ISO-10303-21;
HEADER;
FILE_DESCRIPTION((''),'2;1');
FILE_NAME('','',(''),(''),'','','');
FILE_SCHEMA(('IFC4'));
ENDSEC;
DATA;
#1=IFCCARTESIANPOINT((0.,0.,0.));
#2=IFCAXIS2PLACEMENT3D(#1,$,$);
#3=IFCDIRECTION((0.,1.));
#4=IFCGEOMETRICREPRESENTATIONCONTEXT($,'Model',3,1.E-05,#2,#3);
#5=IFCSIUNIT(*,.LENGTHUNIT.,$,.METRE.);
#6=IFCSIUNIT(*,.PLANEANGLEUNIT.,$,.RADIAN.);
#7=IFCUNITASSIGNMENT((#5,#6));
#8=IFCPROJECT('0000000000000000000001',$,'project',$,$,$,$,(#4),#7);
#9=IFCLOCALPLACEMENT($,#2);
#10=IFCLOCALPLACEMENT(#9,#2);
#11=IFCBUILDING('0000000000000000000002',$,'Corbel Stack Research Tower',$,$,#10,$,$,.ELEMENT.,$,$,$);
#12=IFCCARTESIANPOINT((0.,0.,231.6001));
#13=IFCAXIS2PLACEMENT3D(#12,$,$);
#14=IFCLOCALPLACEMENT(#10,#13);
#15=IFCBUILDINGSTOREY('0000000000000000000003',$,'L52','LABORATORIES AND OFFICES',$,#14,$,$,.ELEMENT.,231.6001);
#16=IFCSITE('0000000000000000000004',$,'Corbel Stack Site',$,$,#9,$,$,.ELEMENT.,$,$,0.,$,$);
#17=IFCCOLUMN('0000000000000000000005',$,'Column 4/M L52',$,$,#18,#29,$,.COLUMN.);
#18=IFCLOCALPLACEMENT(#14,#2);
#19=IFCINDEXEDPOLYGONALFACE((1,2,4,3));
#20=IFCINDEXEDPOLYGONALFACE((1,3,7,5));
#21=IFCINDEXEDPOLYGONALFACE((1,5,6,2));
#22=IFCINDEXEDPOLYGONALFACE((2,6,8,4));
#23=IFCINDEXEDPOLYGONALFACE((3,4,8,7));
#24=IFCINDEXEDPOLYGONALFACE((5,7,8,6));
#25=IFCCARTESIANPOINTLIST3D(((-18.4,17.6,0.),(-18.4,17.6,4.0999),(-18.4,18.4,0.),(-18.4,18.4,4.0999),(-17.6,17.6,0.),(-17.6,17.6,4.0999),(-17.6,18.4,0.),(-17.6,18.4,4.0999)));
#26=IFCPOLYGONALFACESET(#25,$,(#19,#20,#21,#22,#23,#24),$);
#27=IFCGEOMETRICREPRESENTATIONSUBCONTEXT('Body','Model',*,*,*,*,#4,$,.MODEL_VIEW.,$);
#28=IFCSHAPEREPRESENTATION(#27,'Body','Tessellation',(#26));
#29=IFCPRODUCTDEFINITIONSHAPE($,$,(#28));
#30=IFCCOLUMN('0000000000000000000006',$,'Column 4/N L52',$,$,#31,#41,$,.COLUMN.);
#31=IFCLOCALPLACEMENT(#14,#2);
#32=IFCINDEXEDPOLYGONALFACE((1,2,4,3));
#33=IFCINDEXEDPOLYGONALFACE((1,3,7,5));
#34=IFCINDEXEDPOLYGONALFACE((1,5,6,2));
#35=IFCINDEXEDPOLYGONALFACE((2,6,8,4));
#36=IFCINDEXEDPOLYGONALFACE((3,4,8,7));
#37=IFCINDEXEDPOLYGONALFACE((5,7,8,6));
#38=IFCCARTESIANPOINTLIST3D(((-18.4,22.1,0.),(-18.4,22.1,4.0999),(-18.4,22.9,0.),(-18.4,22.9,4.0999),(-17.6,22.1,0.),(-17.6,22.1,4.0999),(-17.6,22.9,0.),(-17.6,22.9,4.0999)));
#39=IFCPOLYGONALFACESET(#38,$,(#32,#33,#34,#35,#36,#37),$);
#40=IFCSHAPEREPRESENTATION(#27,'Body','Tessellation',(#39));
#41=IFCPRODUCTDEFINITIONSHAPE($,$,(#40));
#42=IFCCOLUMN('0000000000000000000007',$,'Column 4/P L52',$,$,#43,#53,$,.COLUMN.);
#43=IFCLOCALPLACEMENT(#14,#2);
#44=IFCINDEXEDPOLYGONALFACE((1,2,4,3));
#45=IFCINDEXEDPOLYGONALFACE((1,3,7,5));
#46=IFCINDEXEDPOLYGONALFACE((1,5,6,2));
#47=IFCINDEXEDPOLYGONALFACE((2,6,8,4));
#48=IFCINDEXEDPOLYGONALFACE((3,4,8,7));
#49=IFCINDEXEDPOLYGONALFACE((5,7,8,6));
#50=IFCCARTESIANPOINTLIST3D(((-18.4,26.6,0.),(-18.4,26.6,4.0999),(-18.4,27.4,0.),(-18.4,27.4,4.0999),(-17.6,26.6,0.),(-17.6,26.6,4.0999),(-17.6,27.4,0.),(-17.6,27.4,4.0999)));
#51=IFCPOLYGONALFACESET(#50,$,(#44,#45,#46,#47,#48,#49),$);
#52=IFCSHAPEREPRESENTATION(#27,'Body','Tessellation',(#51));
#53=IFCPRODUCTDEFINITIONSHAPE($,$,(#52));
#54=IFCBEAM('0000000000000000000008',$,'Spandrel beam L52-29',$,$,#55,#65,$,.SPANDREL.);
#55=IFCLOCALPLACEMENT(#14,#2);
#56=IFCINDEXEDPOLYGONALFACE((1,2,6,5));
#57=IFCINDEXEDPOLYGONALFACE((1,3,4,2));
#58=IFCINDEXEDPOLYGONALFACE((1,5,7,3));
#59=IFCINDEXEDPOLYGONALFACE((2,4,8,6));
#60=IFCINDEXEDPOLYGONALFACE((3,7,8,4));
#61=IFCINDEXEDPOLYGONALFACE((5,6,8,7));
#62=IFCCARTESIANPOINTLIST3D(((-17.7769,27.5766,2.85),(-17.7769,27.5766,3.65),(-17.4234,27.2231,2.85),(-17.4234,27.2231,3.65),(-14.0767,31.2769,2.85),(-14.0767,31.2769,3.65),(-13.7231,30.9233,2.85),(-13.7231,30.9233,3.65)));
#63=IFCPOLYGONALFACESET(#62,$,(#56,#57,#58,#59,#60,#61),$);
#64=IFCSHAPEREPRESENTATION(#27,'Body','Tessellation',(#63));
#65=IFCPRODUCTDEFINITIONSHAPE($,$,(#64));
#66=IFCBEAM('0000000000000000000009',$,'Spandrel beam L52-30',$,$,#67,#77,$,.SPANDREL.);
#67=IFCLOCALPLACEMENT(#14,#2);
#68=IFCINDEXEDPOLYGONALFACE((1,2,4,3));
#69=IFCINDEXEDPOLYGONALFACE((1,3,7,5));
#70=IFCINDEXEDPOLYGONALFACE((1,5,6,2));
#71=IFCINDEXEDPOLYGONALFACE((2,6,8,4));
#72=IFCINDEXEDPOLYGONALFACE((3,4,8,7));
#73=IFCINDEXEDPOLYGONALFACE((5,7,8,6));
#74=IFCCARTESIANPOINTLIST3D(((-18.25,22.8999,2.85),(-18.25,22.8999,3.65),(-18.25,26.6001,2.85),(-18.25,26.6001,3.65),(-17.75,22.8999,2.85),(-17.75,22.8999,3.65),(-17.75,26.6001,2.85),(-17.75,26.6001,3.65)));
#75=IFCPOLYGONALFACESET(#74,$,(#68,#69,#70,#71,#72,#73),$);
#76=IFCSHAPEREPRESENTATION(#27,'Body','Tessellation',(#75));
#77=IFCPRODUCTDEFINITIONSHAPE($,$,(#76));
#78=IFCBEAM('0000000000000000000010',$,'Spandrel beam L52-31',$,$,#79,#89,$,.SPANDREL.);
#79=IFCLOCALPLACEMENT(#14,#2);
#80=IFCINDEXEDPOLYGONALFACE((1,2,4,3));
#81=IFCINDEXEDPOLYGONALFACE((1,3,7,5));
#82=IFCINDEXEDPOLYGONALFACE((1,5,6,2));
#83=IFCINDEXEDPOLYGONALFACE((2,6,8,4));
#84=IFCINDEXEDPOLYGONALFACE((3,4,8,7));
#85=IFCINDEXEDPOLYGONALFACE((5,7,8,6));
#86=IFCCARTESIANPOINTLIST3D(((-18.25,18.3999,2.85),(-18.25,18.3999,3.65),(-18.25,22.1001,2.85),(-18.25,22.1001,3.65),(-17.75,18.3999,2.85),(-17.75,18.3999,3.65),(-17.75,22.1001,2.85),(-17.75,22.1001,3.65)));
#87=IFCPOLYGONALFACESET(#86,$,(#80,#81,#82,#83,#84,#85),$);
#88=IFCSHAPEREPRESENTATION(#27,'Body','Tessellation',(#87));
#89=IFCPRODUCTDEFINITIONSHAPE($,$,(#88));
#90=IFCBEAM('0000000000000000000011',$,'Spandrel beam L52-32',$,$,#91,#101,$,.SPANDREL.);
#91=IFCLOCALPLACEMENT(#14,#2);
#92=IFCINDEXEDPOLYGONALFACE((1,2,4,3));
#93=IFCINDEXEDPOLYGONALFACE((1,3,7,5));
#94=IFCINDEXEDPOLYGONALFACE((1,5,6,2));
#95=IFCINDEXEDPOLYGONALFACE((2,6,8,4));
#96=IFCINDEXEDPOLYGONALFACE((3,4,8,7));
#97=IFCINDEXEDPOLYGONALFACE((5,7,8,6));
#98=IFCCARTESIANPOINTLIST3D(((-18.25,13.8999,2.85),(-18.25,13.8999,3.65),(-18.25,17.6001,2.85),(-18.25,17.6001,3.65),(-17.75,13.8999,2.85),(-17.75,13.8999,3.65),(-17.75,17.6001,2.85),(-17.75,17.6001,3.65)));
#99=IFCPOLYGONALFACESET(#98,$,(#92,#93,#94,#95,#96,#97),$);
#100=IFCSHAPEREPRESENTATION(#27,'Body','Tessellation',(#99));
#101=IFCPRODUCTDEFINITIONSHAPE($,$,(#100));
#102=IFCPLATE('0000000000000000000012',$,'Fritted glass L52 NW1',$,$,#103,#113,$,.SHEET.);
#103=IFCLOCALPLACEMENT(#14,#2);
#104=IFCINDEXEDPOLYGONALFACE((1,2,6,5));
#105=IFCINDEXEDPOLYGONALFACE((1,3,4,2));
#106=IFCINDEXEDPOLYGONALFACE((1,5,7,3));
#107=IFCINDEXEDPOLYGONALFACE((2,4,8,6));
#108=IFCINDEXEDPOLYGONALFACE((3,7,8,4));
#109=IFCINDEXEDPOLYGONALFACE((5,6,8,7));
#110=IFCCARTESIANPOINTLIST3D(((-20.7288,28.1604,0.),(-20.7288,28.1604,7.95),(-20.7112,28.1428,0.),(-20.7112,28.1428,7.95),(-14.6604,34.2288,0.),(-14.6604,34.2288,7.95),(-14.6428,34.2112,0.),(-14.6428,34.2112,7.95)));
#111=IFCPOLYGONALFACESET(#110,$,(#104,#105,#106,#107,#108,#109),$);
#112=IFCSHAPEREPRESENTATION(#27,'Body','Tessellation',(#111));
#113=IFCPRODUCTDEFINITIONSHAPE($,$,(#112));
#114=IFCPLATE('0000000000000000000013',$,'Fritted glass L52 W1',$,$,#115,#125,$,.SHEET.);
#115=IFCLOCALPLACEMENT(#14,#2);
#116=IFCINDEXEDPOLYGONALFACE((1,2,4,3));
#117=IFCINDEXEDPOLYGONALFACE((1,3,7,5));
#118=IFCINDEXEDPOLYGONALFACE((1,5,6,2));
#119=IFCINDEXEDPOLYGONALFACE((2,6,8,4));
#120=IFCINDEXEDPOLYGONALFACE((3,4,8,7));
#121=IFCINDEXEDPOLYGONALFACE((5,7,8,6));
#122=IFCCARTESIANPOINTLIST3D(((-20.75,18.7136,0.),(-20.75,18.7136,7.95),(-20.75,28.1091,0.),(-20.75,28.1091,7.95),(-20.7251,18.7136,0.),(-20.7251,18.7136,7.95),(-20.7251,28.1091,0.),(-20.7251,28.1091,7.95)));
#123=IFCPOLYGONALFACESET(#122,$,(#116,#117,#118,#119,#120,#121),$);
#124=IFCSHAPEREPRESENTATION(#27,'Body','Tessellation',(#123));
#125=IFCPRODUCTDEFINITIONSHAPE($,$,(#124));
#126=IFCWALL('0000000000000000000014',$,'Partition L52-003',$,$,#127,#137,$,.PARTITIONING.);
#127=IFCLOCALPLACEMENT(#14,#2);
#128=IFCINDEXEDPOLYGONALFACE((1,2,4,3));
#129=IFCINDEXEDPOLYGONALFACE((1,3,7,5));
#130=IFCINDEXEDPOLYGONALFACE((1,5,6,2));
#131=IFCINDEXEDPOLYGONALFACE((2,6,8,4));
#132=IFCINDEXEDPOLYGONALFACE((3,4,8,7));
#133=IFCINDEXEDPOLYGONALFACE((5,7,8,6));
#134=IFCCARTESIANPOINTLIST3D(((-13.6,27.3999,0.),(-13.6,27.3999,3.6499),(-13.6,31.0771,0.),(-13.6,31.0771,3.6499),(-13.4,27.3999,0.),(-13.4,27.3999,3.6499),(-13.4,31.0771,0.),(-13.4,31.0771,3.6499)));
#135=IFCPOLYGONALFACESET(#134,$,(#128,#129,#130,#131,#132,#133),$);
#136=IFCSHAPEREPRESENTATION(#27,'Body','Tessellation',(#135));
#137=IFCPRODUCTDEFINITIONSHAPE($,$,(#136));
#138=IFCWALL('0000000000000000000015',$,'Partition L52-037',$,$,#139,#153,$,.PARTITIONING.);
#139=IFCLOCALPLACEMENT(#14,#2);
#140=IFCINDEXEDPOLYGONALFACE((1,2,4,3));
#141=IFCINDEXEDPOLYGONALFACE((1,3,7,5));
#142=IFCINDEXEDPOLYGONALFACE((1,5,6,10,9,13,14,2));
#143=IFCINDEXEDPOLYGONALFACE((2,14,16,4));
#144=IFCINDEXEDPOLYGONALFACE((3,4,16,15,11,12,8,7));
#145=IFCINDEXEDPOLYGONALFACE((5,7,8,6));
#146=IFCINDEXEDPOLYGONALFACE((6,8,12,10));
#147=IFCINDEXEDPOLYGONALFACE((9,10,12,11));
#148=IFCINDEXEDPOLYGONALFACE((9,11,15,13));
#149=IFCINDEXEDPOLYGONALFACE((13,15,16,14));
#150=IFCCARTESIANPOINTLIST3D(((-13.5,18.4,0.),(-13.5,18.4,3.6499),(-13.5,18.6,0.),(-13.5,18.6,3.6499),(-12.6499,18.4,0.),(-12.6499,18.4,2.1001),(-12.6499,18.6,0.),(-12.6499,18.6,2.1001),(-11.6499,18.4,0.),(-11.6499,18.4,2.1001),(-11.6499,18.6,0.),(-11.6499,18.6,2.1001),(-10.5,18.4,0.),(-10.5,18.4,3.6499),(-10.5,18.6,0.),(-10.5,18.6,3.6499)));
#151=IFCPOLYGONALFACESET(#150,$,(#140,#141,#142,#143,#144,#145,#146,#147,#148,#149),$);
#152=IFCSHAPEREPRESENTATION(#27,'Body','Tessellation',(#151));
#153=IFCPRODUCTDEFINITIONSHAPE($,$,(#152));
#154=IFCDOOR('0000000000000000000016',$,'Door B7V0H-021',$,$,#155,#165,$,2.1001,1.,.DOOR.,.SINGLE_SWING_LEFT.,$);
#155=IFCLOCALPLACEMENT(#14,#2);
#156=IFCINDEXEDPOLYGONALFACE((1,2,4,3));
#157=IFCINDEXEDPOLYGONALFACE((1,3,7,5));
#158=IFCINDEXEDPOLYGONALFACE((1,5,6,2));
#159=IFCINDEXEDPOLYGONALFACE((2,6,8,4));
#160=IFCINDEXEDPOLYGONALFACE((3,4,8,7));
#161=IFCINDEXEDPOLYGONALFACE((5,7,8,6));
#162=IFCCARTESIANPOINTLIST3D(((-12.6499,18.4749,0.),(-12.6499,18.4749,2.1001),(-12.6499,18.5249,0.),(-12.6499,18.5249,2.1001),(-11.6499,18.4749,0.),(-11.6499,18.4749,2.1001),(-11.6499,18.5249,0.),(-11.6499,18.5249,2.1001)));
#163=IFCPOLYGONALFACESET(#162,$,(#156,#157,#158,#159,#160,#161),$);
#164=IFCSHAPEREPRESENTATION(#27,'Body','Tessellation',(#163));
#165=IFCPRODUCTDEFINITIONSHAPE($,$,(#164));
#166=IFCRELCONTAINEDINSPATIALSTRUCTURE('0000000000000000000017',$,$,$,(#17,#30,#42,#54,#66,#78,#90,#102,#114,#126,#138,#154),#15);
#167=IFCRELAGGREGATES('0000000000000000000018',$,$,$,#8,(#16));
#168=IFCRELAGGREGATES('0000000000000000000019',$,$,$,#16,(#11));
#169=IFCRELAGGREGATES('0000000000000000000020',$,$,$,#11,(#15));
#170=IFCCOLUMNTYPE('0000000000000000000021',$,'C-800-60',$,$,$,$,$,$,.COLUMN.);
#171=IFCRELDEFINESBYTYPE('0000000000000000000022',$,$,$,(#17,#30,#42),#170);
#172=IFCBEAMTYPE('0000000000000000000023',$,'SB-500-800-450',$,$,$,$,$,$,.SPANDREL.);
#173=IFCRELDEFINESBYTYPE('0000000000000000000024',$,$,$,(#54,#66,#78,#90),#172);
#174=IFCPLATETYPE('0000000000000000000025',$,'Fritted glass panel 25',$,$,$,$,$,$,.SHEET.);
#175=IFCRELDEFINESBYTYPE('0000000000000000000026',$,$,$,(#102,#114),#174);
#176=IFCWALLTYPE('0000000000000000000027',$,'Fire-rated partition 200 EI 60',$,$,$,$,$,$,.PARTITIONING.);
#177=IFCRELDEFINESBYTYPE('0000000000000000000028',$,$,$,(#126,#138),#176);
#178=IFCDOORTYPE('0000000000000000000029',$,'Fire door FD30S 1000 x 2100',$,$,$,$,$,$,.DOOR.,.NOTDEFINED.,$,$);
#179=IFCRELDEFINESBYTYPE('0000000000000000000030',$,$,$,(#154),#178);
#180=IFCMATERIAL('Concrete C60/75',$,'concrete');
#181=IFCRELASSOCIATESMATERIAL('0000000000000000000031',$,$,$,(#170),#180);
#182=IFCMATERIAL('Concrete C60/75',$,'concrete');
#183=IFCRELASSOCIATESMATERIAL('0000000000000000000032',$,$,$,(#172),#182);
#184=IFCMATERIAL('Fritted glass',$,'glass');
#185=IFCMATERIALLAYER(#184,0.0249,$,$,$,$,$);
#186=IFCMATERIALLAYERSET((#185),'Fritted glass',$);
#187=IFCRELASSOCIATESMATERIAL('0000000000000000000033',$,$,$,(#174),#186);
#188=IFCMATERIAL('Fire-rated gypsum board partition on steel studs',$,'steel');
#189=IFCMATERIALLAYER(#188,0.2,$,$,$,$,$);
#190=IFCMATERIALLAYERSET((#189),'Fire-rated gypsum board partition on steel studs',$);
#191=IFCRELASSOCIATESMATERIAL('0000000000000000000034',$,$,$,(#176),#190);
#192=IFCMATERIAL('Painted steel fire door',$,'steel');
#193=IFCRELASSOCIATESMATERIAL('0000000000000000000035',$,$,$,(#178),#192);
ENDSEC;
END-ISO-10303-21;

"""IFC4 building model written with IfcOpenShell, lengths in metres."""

from ifc_helpers import new_model, si_unit, direction, frame, frame_2d, origin, origin_2d, place, context, subcontext, project, spatial, rectangle, extrude, material, layer, layer_set, material_profile, profile_set, type_object, element, fill, save


model = new_model("IFC4")

# Units and contexts
model_context = context("Model", 3, precision=1e-05, world=origin(), true_north=direction((0.0, 1.0)))
body_context = subcontext(model_context, "Body", "Model", "MODEL_VIEW")
ifc_project = project(units=[si_unit("LENGTHUNIT", "METRE"), si_unit("PLANEANGLEUNIT", "RADIAN")], contexts=[model_context])

# Site, building, storey
site_placement = place(None, origin())
site = spatial("IfcSite", under=ifc_project, at=site_placement, Name="Corbel Stack Site", CompositionType="ELEMENT", RefElevation=0.0)
building_placement = place(site_placement, origin())
building = spatial("IfcBuilding", under=site, at=building_placement, Name="Corbel Stack Research Tower", CompositionType="ELEMENT")
storey_placement = place(building_placement, frame((0.0, 0.0, 231.6001)))
storey = spatial("IfcBuildingStorey", under=building, at=storey_placement, Name="L52", Description="LABORATORIES AND OFFICES", CompositionType="ELEMENT", Elevation=231.6001)

# Columns
ifc_material_1 = material(Name="Concrete C60/75", Category="concrete")
ifc_material_profile_1 = material_profile(ifc_material_1, rectangle(XDim=0.8, YDim=0.8, at=origin_2d()), Name="RC 800 x 800")
ifc_profile_set_1 = profile_set([ifc_material_profile_1], Name="Concrete C60/75")
column_type = type_object("IfcColumnType", Name="C-800-60", PredefinedType="COLUMN", material=ifc_profile_set_1)
for number, where, z_axis, x_axis, name in (
    (1, (-18.0, 18.0, 0.0), (0.0, 0.0, 1.0), (1.0, 0.0, 0.0), "Column 4/M L52"),
    (2, (-18.0, 22.5, 0.0), (0.0, 0.0, 1.0), (1.0, 0.0, 0.0), "Column 4/N L52"),
    (3, (-18.0, 27.0, 0.0), (0.0, 0.0, 1.0), (1.0, 0.0, 0.0), "Column 4/P L52"),
):
    element("IfcColumn", number, at=place(storey_placement, frame(where, z_axis=z_axis, x_axis=x_axis)), inside=storey, type_object=column_type, Name=name, PredefinedType="COLUMN", context=body_context, shape_type="SweptSolid", body=[
        extrude(rectangle(XDim=0.8, YDim=0.8, at=origin_2d()), origin(), (0.0, 0.0, 1.0), 4.0999),
    ])

# Beams
ifc_material_2 = material(Name="Concrete C60/75", Category="concrete")
ifc_material_profile_2 = material_profile(ifc_material_2, rectangle(XDim=0.5, YDim=0.8, at=origin_2d()), Name="RC 500 x 800")
ifc_profile_set_2 = profile_set([ifc_material_profile_2], Name="Concrete C60/75")
beam_type = type_object("IfcBeamType", Name="SB-500-800-450", PredefinedType="SPANDREL", material=ifc_profile_set_2)
beam_placement = place(storey_placement, frame((-13.8999, 31.1001, 3.25), z_axis=(-0.707107, -0.707107, 0.0), x_axis=(0.707107, -0.707107, 0.0)))
element("IfcBeam", 4, at=beam_placement, inside=storey, type_object=beam_type, Name="Spandrel beam L52-29", PredefinedType="SPANDREL", context=body_context, shape_type="SweptSolid", body=[
    extrude(rectangle(XDim=0.5, YDim=0.8, at=origin_2d()), origin(), (0.0, 0.0, 1.0), 5.2329),
])
for number, where, z_axis, x_axis, name in (
    (5, (-18.0, 26.6001, 3.25), (0.0, -1.0, 0.0), (1.0, 0.0, 0.0), "Spandrel beam L52-30"),
    (6, (-18.0, 22.1001, 3.25), (0.0, -1.0, 0.0), (1.0, 0.0, 0.0), "Spandrel beam L52-31"),
    (7, (-18.0, 17.6001, 3.25), (0.0, -1.0, 0.0), (1.0, 0.0, 0.0), "Spandrel beam L52-32"),
):
    element("IfcBeam", number, at=place(storey_placement, frame(where, z_axis=z_axis, x_axis=x_axis)), inside=storey, type_object=beam_type, Name=name, PredefinedType="SPANDREL", context=body_context, shape_type="SweptSolid", body=[
        extrude(rectangle(XDim=0.5, YDim=0.8, at=origin_2d()), origin(), (0.0, 0.0, 1.0), 3.7002),
    ])

# Plates
ifc_material_3 = material(Name="Fritted glass", Category="glass")
ifc_layer_1 = layer(ifc_material_3, 0.0249)
ifc_layer_set_1 = layer_set([ifc_layer_1], Name="Fritted glass")
plate_type = type_object("IfcPlateType", Name="Fritted glass panel 25", PredefinedType="SHEET", material=ifc_layer_set_1)
plate_1_placement = place(storey_placement, frame((-17.6858, 31.1858, 0.0), z_axis=(0.0, 0.0, 1.0), x_axis=(-0.707107, -0.707107, 0.0)))
element("IfcPlate", 8, at=plate_1_placement, inside=storey, type_object=plate_type, Name="Fritted glass L52 NW1", PredefinedType="SHEET", context=body_context, shape_type="SweptSolid", body=[
    extrude(rectangle(XDim=8.582, YDim=0.0249, at=origin_2d()), origin(), (0.0, 0.0, 1.0), 7.95),
])
plate_2_placement = place(storey_placement, frame((-20.7375, 23.4114, 0.0), z_axis=(0.0, 0.0, 1.0), x_axis=(0.0, -1.0, 0.0)))
element("IfcPlate", 9, at=plate_2_placement, inside=storey, type_object=plate_type, Name="Fritted glass L52 W1", PredefinedType="SHEET", context=body_context, shape_type="SweptSolid", body=[
    extrude(rectangle(XDim=9.3955, YDim=0.0249, at=origin_2d()), origin(), (0.0, 0.0, 1.0), 7.95),
])

# Wall
ifc_material_4 = material(Name="Fire-rated gypsum board partition on steel studs", Category="steel")
ifc_layer_2 = layer(ifc_material_4, 0.2)
ifc_layer_set_2 = layer_set([ifc_layer_2], Name="Fire-rated gypsum board partition on steel studs")
wall_type_1 = type_object("IfcWallType", Name="Fire-rated partition 200 EI 60", PredefinedType="PARTITIONING", material=ifc_layer_set_2)
wall_1_placement = place(storey_placement, frame((-13.5, 27.3999, 0.0), z_axis=(0.0, 0.0, 1.0), x_axis=(0.0, 1.0, 0.0)))
element("IfcWall", 10, at=wall_1_placement, inside=storey, type_object=wall_type_1, Name="Partition L52-003", PredefinedType="PARTITIONING", context=body_context, shape_type="SweptSolid", body=[
    extrude(rectangle(XDim=3.6772, YDim=0.2, at=frame_2d((1.8386, 0.0))), origin(), (0.0, 0.0, 1.0), 3.6499),
])

# Wall, opening, door
wall_2_placement = place(storey_placement, frame((-13.5, 18.5, 0.0), z_axis=(0.0, 0.0, 1.0), x_axis=(1.0, 0.0, 0.0)))
wall_2 = element("IfcWall", 11, at=wall_2_placement, inside=storey, type_object=wall_type_1, Name="Partition L52-037", PredefinedType="PARTITIONING", context=body_context, shape_type="SweptSolid", body=[
    extrude(rectangle(XDim=3.0, YDim=0.2, at=frame_2d((1.5, 0.0))), origin(), (0.0, 0.0, 1.0), 3.6499),
])
opening_1_placement = place(wall_2_placement, frame((0.8501, 0.0, 0.0)))
opening_1 = element("IfcOpeningElement", 12, at=opening_1_placement, cuts=wall_2, PredefinedType="OPENING", context=body_context, shape_type="SweptSolid", body=[
    extrude(rectangle(XDim=1.0, YDim=2.1001, at=frame_2d((0.5, 1.05))), frame((0.0, 0.1099, 0.0), z_axis=(0.0, -1.0, 0.0), x_axis=(1.0, 0.0, 0.0)), (0.0, 0.0, 1.0), 0.22),
])
ifc_material_5 = material(Name="Painted steel fire door", Category="steel")
door_type_1 = type_object("IfcDoorType", Name="Fire door FD30S 1000 x 2100", OperationType="NOTDEFINED", PredefinedType="DOOR", material=ifc_material_5)
door_1_placement = place(opening_1_placement, origin())
door_1 = element("IfcDoor", 13, at=door_1_placement, inside=storey, type_object=door_type_1, Name="Door B7V0H-021", OperationType="SINGLE_SWING_LEFT", OverallHeight=2.1001, OverallWidth=1.0, PredefinedType="DOOR", context=body_context, shape_type="SweptSolid", body=[
    extrude(rectangle(XDim=1.0, YDim=2.1001, at=frame_2d((0.5, 1.05))), frame((0.0, 0.0249, 0.0), z_axis=(0.0, -1.0, 0.0), x_axis=(1.0, 0.0, 0.0)), (0.0, 0.0, 1.0), 0.05),
])
fill(opening_1, door_1)

save(model, "model.ifc")
